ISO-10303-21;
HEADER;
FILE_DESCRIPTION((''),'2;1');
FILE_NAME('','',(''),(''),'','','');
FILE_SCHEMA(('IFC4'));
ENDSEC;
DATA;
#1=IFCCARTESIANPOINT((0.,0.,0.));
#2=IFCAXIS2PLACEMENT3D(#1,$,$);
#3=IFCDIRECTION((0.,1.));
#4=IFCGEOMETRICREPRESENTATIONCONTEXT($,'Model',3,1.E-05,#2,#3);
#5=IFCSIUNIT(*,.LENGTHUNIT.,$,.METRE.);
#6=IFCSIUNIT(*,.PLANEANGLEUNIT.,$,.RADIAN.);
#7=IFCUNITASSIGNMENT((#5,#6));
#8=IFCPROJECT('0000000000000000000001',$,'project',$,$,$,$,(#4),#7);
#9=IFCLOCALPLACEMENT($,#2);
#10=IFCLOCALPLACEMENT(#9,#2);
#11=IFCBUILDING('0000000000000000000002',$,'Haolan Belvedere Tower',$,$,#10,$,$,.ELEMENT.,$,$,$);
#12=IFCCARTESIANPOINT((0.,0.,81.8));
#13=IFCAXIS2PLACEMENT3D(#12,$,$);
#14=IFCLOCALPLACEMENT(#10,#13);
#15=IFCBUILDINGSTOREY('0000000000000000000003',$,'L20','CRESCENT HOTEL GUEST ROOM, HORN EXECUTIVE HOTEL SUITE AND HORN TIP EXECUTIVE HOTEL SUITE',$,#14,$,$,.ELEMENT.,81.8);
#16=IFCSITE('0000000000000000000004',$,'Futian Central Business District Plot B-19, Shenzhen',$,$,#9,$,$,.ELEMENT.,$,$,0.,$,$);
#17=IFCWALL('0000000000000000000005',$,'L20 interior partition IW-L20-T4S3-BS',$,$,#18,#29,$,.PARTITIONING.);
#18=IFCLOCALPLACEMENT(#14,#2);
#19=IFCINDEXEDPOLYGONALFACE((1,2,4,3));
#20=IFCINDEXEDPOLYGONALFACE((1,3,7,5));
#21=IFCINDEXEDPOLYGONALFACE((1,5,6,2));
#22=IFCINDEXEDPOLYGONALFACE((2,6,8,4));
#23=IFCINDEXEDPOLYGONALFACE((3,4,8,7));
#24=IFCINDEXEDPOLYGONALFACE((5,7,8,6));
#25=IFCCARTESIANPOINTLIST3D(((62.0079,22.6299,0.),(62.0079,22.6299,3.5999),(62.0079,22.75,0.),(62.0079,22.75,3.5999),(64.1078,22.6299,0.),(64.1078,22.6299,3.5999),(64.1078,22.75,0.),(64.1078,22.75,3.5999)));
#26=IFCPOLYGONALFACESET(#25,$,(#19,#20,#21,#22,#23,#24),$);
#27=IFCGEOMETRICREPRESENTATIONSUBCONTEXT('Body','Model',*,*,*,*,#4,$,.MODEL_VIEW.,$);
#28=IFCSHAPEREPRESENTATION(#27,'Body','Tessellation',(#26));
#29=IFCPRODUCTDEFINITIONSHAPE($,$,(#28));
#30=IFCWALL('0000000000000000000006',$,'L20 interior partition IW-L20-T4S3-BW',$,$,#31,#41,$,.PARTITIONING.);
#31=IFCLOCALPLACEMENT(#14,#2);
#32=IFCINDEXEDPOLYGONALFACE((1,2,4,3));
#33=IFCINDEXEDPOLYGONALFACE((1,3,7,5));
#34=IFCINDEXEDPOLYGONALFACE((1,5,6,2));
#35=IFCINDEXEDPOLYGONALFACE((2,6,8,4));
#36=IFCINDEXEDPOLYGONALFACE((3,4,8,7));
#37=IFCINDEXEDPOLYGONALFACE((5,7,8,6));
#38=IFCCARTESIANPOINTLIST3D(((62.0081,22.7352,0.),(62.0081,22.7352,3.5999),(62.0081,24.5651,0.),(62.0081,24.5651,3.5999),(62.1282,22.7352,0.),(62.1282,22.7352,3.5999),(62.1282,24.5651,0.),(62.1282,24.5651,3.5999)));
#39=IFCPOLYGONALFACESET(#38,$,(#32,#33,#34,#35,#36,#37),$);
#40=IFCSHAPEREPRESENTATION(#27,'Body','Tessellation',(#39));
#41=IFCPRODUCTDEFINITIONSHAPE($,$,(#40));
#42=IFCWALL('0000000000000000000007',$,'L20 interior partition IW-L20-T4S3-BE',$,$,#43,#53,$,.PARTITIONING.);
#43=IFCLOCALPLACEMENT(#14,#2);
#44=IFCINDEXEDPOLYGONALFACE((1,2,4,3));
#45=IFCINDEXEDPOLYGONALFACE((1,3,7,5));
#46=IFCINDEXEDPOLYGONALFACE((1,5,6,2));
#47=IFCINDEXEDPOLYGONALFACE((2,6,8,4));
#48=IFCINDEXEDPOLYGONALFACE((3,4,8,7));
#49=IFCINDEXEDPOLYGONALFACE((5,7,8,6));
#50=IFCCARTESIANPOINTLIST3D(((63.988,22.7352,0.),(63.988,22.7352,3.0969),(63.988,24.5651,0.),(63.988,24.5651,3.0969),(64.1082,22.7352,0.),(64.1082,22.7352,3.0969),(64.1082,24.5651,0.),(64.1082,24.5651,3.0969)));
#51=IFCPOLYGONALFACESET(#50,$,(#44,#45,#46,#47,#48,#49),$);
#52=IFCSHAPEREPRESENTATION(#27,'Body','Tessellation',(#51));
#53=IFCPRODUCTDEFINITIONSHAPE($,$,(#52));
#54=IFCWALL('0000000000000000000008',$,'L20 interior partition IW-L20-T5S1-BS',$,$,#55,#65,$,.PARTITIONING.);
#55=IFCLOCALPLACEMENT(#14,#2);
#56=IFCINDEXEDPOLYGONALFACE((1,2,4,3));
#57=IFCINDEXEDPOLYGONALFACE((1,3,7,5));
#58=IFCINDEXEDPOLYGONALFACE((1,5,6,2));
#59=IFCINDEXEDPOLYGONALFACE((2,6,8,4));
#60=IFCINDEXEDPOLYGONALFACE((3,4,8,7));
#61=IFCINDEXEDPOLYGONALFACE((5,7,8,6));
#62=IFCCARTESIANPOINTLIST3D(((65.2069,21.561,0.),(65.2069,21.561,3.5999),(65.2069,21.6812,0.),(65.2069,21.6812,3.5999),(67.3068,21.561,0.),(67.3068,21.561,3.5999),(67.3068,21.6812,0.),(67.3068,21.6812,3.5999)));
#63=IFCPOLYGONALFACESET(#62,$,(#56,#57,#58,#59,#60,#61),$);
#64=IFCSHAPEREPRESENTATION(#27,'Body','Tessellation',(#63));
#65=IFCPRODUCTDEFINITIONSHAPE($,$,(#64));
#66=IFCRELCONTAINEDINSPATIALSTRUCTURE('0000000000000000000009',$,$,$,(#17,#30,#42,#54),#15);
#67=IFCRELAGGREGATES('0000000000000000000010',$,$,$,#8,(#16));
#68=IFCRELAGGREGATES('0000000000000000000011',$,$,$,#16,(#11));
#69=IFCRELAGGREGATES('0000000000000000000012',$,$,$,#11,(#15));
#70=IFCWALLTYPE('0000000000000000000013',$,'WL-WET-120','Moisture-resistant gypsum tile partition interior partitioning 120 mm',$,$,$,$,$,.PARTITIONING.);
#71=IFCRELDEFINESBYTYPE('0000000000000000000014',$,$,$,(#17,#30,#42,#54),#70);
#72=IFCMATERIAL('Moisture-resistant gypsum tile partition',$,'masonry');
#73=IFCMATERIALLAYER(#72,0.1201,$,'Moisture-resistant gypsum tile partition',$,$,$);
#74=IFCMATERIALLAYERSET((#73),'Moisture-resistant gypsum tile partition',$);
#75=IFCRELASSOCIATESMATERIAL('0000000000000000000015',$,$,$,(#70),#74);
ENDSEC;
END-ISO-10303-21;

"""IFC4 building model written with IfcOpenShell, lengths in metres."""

from ifc_helpers import new_model, si_unit, direction, frame, frame_2d, origin, place, context, subcontext, project, spatial, rectangle, extrude, material, layer, layer_set, type_object, element, save


model = new_model("IFC4")

# Units and contexts
model_context = context("Model", 3, precision=1e-05, world=origin(), true_north=direction((0.0, 1.0)))
body_context = subcontext(model_context, "Body", "Model", "MODEL_VIEW")
ifc_project = project(units=[si_unit("LENGTHUNIT", "METRE"), si_unit("PLANEANGLEUNIT", "RADIAN")], contexts=[model_context])

# Site, building, storey
site_placement = place(None, origin())
site = spatial("IfcSite", under=ifc_project, at=site_placement, Name="Futian Central Business District Plot B-19, Shenzhen", CompositionType="ELEMENT", RefElevation=0.0)
building_placement = place(site_placement, origin())
building = spatial("IfcBuilding", under=site, at=building_placement, Name="Haolan Belvedere Tower", CompositionType="ELEMENT")
storey_placement = place(building_placement, frame((0.0, 0.0, 81.8)))
storey = spatial("IfcBuildingStorey", under=building, at=storey_placement, Name="L20", Description="CRESCENT HOTEL GUEST ROOM, HORN EXECUTIVE HOTEL SUITE AND HORN TIP EXECUTIVE HOTEL SUITE", CompositionType="ELEMENT", Elevation=81.8)

# Shared definitions
ifc_material_1 = material(Name="Moisture-resistant gypsum tile partition", Category="masonry")
ifc_layer_1 = layer(ifc_material_1, 0.1201, Name="Moisture-resistant gypsum tile partition")
ifc_layer_set_1 = layer_set([ifc_layer_1], Name="Moisture-resistant gypsum tile partition")
wall_type_1 = type_object("IfcWallType", Name="WL-WET-120", Description="Moisture-resistant gypsum tile partition interior partitioning 120 mm", PredefinedType="PARTITIONING", material=ifc_layer_set_1)

# Walls
wall_1_placement = place(storey_placement, frame((62.0081, 22.6899, 0.0), z_axis=(0.0, 0.0, 1.0), x_axis=(1.0, 0.0, 0.0)))
element("IfcWall", 1, at=wall_1_placement, inside=storey, type_object=wall_type_1, Name="L20 interior partition IW-L20-T4S3-BS", PredefinedType="PARTITIONING", context=body_context, shape_type="SweptSolid", body=[
    extrude(rectangle(XDim=2.0999, YDim=0.1201, at=frame_2d((1.0498, 0.0))), origin(), (0.0, 0.0, 1.0), 3.5999),
])
wall_2_placement = place(storey_placement, frame((62.0681, 22.7351, 0.0), z_axis=(0.0, 0.0, 1.0), x_axis=(0.0, 1.0, 0.0)))
element("IfcWall", 2, at=wall_2_placement, inside=storey, type_object=wall_type_1, Name="L20 interior partition IW-L20-T4S3-BW", PredefinedType="PARTITIONING", context=body_context, shape_type="SweptSolid", body=[
    extrude(rectangle(XDim=1.8298, YDim=0.1201, at=frame_2d((0.915, 0.0))), origin(), (0.0, 0.0, 1.0), 3.5999),
])
wall_3_placement = place(storey_placement, frame((64.0481, 22.7351, 0.0), z_axis=(0.0, 0.0, 1.0), x_axis=(0.0, 1.0, 0.0)))
element("IfcWall", 3, at=wall_3_placement, inside=storey, type_object=wall_type_1, Name="L20 interior partition IW-L20-T4S3-BE", PredefinedType="PARTITIONING", context=body_context, shape_type="SweptSolid", body=[
    extrude(rectangle(XDim=1.8298, YDim=0.1201, at=frame_2d((0.915, 0.0))), origin(), (0.0, 0.0, 1.0), 3.0969),
])
wall_4_placement = place(storey_placement, frame((65.207, 21.6211, 0.0), z_axis=(0.0, 0.0, 1.0), x_axis=(1.0, 0.0, 0.0)))
element("IfcWall", 4, at=wall_4_placement, inside=storey, type_object=wall_type_1, Name="L20 interior partition IW-L20-T5S1-BS", PredefinedType="PARTITIONING", context=body_context, shape_type="SweptSolid", body=[
    extrude(rectangle(XDim=2.0999, YDim=0.1201, at=frame_2d((1.0498, 0.0))), origin(), (0.0, 0.0, 1.0), 3.5999),
])

save(model, "model.ifc")
